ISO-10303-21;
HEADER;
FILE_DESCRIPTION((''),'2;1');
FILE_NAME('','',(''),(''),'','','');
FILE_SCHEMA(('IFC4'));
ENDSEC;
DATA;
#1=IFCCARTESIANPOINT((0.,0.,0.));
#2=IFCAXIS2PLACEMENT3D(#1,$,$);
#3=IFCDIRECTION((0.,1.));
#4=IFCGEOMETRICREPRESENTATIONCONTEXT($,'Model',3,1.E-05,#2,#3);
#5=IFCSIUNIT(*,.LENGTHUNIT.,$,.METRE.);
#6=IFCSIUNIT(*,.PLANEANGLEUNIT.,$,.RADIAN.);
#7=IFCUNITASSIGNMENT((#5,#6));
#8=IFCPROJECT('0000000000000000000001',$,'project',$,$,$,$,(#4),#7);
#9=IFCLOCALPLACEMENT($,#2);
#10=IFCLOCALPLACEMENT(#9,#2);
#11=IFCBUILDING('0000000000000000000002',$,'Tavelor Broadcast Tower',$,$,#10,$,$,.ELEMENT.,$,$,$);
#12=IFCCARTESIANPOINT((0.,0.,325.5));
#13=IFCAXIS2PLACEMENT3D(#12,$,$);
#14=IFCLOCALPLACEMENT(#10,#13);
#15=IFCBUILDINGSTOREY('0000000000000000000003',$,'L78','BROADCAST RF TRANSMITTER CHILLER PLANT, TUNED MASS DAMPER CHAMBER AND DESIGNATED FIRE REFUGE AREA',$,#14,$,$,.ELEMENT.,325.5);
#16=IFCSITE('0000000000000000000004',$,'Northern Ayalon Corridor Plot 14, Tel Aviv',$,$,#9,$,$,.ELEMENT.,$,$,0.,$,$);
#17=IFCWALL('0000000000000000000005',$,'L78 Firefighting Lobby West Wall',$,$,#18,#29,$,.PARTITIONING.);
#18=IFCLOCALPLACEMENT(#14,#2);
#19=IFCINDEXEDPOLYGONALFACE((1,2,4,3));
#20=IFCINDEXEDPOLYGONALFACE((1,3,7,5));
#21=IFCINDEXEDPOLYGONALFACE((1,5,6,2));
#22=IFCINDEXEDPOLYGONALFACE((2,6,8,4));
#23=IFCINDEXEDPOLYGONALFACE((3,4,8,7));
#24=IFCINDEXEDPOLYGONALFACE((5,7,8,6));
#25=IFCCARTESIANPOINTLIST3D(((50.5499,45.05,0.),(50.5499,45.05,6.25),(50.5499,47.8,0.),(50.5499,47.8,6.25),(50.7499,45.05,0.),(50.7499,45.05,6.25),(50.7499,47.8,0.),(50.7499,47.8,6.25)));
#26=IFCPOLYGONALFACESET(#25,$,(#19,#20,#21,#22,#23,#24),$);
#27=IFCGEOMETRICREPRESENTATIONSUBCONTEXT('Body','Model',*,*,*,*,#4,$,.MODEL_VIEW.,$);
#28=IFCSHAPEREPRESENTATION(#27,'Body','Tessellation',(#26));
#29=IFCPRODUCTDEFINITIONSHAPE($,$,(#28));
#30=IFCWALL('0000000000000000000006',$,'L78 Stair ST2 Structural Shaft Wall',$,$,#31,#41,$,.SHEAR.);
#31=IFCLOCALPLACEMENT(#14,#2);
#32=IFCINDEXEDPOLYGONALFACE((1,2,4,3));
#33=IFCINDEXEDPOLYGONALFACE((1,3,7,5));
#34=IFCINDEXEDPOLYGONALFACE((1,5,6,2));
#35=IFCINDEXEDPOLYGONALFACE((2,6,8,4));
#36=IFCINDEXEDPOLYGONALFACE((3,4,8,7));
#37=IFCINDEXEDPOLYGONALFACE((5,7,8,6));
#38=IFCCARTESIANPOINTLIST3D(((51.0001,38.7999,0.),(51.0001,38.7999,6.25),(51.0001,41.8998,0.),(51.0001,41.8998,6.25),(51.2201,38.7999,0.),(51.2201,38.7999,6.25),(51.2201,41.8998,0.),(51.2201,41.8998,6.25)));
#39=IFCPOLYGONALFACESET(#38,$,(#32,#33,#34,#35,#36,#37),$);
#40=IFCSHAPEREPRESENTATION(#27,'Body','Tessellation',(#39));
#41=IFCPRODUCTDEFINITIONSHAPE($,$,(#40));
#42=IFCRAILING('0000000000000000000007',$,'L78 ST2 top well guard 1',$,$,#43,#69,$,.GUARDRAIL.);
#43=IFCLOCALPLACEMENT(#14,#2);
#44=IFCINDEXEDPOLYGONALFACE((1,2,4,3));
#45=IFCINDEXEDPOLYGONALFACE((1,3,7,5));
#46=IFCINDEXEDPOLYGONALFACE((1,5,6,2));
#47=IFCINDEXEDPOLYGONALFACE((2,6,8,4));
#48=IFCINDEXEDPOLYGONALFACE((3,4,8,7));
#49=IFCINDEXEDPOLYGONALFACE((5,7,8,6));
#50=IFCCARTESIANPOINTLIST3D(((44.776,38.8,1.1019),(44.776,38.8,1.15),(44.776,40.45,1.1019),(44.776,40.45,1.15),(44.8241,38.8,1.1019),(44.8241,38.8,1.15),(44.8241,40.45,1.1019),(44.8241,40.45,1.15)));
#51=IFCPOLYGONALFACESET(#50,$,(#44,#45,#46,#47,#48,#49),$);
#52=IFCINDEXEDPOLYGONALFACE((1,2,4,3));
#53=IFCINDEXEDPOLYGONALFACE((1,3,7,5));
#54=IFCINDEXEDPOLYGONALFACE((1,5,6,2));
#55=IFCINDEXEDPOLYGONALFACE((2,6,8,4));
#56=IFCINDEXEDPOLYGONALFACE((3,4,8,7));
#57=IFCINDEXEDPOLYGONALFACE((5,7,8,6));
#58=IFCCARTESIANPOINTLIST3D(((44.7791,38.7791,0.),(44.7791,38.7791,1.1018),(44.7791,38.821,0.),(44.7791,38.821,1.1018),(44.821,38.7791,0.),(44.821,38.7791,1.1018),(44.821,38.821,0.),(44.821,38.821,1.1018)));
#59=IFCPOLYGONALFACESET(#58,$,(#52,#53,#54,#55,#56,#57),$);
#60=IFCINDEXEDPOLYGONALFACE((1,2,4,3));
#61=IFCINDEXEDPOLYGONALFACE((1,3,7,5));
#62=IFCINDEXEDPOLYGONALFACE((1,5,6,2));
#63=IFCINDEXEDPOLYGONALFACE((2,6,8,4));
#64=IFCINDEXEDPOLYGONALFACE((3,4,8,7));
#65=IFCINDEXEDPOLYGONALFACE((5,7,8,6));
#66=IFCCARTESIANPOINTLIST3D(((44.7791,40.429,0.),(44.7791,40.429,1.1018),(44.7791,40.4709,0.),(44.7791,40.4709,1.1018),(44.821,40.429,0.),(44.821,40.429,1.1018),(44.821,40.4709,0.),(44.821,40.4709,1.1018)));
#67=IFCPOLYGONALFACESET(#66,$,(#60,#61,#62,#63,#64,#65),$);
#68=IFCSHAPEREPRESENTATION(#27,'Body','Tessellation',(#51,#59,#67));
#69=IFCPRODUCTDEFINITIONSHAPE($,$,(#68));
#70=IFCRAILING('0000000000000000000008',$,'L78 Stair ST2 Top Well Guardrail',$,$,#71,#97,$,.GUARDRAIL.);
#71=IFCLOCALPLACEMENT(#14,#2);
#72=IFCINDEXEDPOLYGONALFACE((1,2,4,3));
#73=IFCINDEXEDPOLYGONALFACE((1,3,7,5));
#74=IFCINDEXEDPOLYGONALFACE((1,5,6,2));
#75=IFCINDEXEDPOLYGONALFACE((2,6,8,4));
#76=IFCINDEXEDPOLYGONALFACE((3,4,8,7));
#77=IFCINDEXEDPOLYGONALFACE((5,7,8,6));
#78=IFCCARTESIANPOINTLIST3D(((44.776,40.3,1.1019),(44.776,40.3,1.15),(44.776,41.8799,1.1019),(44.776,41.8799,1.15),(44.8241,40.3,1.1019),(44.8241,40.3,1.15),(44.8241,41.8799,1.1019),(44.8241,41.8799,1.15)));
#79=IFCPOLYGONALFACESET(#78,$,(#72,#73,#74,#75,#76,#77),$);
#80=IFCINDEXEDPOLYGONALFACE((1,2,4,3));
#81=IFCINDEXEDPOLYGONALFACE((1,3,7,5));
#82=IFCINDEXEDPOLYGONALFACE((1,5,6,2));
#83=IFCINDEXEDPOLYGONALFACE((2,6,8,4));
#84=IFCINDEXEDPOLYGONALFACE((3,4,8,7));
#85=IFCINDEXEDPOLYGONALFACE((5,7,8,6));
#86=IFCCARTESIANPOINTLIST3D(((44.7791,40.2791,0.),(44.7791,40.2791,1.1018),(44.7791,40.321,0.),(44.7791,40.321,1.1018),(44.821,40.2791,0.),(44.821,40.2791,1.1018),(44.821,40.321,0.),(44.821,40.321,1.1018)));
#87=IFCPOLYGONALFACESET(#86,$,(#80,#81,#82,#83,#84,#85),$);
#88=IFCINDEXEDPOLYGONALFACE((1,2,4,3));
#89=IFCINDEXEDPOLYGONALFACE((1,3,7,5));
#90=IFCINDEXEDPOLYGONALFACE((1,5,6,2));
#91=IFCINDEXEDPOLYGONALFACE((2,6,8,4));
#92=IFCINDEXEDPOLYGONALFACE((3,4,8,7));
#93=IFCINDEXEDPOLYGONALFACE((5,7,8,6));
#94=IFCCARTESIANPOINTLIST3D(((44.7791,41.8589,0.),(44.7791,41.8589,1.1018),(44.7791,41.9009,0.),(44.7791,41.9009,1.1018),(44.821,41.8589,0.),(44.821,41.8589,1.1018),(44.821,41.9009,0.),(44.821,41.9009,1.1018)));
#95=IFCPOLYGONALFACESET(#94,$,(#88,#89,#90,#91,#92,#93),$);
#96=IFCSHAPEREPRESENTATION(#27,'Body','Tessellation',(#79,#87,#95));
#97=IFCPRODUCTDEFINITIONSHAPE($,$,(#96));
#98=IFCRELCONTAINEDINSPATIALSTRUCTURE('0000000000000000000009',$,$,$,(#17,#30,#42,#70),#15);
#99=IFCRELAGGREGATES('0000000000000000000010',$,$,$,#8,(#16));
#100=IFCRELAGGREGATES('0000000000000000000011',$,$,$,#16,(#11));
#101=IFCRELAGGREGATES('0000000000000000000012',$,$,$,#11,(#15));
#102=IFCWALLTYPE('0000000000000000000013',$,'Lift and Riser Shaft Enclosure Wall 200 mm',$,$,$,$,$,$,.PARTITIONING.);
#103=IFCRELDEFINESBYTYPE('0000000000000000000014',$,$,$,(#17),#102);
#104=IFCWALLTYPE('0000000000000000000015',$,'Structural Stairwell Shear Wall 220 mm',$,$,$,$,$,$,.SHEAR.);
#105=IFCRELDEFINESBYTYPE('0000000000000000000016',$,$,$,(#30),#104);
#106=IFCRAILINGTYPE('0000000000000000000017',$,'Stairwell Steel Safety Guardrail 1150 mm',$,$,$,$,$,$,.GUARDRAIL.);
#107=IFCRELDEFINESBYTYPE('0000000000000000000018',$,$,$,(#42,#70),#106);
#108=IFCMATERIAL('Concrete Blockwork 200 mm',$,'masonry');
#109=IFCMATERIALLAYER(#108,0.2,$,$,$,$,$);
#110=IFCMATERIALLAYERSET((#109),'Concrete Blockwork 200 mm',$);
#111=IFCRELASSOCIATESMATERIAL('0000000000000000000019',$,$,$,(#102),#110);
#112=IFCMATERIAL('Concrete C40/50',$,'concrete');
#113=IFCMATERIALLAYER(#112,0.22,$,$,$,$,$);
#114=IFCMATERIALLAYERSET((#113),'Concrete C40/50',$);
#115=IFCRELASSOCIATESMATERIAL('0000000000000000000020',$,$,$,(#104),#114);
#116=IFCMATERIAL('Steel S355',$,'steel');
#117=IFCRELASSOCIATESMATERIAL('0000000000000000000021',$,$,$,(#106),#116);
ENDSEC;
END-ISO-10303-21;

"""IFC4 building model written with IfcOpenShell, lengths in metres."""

from ifc_helpers import new_model, si_unit, direction, frame, frame_2d, origin, origin_2d, place, context, subcontext, project, spatial, rectangle, extrude, material, layer, layer_set, type_object, element, save


model = new_model("IFC4")

# Units and contexts
model_context = context("Model", 3, precision=1e-05, world=origin(), true_north=direction((0.0, 1.0)))
body_context = subcontext(model_context, "Body", "Model", "MODEL_VIEW")
ifc_project = project(units=[si_unit("LENGTHUNIT", "METRE"), si_unit("PLANEANGLEUNIT", "RADIAN")], contexts=[model_context])

# Site, building, storey
site_placement = place(None, origin())
site = spatial("IfcSite", under=ifc_project, at=site_placement, Name="Northern Ayalon Corridor Plot 14, Tel Aviv", CompositionType="ELEMENT", RefElevation=0.0)
building_placement = place(site_placement, origin())
building = spatial("IfcBuilding", under=site, at=building_placement, Name="Tavelor Broadcast Tower", CompositionType="ELEMENT")
storey_placement = place(building_placement, frame((0.0, 0.0, 325.5)))
storey = spatial("IfcBuildingStorey", under=building, at=storey_placement, Name="L78", Description="BROADCAST RF TRANSMITTER CHILLER PLANT, TUNED MASS DAMPER CHAMBER AND DESIGNATED FIRE REFUGE AREA", CompositionType="ELEMENT", Elevation=325.5)

# Shared definitions
ifc_material_1 = material(Name="Concrete C40/50", Category="concrete")

# Shared definitions
ifc_material_2 = material(Name="Steel S355", Category="steel")

# Shared definitions
ifc_material_3 = material(Name="Concrete Blockwork 200 mm", Category="masonry")
ifc_layer_1 = layer(ifc_material_3, 0.2)
ifc_layer_set_1 = layer_set([ifc_layer_1], Name="Concrete Blockwork 200 mm")
wall_type_1 = type_object("IfcWallType", Name="Lift and Riser Shaft Enclosure Wall 200 mm", PredefinedType="PARTITIONING", material=ifc_layer_set_1)

# Walls
wall_1_placement = place(storey_placement, frame((50.6499, 45.05, 0.0), z_axis=(0.0, 0.0, 1.0), x_axis=(0.0, 1.0, 0.0)))
element("IfcWall", 1, at=wall_1_placement, inside=storey, type_object=wall_type_1, Name="L78 Firefighting Lobby West Wall", PredefinedType="PARTITIONING", context=body_context, shape_type="SweptSolid", body=[
    extrude(rectangle(XDim=2.75, YDim=0.2, at=frame_2d((1.375, 0.0))), origin(), (0.0, 0.0, 1.0), 6.25),
])
ifc_layer_2 = layer(ifc_material_1, 0.22)
ifc_layer_set_2 = layer_set([ifc_layer_2], Name="Concrete C40/50")
wall_type_2 = type_object("IfcWallType", Name="Structural Stairwell Shear Wall 220 mm", PredefinedType="SHEAR", material=ifc_layer_set_2)
wall_2_placement = place(storey_placement, frame((51.1101, 38.8, 0.0), z_axis=(0.0, 0.0, 1.0), x_axis=(0.0, 1.0, 0.0)))
element("IfcWall", 2, at=wall_2_placement, inside=storey, type_object=wall_type_2, Name="L78 Stair ST2 Structural Shaft Wall", PredefinedType="SHEAR", context=body_context, shape_type="SweptSolid", body=[
    extrude(rectangle(XDim=3.0999, YDim=0.22, at=frame_2d((1.5498, 0.0))), origin(), (0.0, 0.0, 1.0), 6.25),
])

# Railings
railing_type = type_object("IfcRailingType", Name="Stairwell Steel Safety Guardrail 1150 mm", PredefinedType="GUARDRAIL", material=ifc_material_2)
railing_1_placement = place(storey_placement, frame((44.8, 38.8, 0.0)))
element("IfcRailing", 3, at=railing_1_placement, inside=storey, type_object=railing_type, Name="L78 ST2 top well guard 1", PredefinedType="GUARDRAIL", context=body_context, shape_type="SweptSolid", body=[
    extrude(rectangle(XDim=0.0481, YDim=0.0481, at=origin_2d()), frame((0.0, 0.0, 1.126), z_axis=(0.0, 1.0, 0.0), x_axis=(-1.0, 0.0, 0.0)), (0.0, 0.0, 1.0), 1.6499),
    extrude(rectangle(XDim=0.042, YDim=0.042, at=origin_2d()), origin(), (0.0, 0.0, 1.0), 1.1018),
    extrude(rectangle(XDim=0.042, YDim=0.042, at=origin_2d()), frame((0.0, 1.6499, 0.0)), (0.0, 0.0, 1.0), 1.1018),
])
railing_2_placement = place(storey_placement, frame((44.8, 40.3, 0.0)))
element("IfcRailing", 4, at=railing_2_placement, inside=storey, type_object=railing_type, Name="L78 Stair ST2 Top Well Guardrail", PredefinedType="GUARDRAIL", context=body_context, shape_type="SweptSolid", body=[
    extrude(rectangle(XDim=0.0481, YDim=0.0481, at=origin_2d()), frame((0.0, 0.0, 1.126), z_axis=(0.0, 1.0, 0.0), x_axis=(-1.0, 0.0, 0.0)), (0.0, 0.0, 1.0), 1.5798),
    extrude(rectangle(XDim=0.042, YDim=0.042, at=origin_2d()), origin(), (0.0, 0.0, 1.0), 1.1018),
    extrude(rectangle(XDim=0.042, YDim=0.042, at=origin_2d()), frame((0.0, 1.5798, 0.0)), (0.0, 0.0, 1.0), 1.1018),
])

save(model, "model.ifc")
